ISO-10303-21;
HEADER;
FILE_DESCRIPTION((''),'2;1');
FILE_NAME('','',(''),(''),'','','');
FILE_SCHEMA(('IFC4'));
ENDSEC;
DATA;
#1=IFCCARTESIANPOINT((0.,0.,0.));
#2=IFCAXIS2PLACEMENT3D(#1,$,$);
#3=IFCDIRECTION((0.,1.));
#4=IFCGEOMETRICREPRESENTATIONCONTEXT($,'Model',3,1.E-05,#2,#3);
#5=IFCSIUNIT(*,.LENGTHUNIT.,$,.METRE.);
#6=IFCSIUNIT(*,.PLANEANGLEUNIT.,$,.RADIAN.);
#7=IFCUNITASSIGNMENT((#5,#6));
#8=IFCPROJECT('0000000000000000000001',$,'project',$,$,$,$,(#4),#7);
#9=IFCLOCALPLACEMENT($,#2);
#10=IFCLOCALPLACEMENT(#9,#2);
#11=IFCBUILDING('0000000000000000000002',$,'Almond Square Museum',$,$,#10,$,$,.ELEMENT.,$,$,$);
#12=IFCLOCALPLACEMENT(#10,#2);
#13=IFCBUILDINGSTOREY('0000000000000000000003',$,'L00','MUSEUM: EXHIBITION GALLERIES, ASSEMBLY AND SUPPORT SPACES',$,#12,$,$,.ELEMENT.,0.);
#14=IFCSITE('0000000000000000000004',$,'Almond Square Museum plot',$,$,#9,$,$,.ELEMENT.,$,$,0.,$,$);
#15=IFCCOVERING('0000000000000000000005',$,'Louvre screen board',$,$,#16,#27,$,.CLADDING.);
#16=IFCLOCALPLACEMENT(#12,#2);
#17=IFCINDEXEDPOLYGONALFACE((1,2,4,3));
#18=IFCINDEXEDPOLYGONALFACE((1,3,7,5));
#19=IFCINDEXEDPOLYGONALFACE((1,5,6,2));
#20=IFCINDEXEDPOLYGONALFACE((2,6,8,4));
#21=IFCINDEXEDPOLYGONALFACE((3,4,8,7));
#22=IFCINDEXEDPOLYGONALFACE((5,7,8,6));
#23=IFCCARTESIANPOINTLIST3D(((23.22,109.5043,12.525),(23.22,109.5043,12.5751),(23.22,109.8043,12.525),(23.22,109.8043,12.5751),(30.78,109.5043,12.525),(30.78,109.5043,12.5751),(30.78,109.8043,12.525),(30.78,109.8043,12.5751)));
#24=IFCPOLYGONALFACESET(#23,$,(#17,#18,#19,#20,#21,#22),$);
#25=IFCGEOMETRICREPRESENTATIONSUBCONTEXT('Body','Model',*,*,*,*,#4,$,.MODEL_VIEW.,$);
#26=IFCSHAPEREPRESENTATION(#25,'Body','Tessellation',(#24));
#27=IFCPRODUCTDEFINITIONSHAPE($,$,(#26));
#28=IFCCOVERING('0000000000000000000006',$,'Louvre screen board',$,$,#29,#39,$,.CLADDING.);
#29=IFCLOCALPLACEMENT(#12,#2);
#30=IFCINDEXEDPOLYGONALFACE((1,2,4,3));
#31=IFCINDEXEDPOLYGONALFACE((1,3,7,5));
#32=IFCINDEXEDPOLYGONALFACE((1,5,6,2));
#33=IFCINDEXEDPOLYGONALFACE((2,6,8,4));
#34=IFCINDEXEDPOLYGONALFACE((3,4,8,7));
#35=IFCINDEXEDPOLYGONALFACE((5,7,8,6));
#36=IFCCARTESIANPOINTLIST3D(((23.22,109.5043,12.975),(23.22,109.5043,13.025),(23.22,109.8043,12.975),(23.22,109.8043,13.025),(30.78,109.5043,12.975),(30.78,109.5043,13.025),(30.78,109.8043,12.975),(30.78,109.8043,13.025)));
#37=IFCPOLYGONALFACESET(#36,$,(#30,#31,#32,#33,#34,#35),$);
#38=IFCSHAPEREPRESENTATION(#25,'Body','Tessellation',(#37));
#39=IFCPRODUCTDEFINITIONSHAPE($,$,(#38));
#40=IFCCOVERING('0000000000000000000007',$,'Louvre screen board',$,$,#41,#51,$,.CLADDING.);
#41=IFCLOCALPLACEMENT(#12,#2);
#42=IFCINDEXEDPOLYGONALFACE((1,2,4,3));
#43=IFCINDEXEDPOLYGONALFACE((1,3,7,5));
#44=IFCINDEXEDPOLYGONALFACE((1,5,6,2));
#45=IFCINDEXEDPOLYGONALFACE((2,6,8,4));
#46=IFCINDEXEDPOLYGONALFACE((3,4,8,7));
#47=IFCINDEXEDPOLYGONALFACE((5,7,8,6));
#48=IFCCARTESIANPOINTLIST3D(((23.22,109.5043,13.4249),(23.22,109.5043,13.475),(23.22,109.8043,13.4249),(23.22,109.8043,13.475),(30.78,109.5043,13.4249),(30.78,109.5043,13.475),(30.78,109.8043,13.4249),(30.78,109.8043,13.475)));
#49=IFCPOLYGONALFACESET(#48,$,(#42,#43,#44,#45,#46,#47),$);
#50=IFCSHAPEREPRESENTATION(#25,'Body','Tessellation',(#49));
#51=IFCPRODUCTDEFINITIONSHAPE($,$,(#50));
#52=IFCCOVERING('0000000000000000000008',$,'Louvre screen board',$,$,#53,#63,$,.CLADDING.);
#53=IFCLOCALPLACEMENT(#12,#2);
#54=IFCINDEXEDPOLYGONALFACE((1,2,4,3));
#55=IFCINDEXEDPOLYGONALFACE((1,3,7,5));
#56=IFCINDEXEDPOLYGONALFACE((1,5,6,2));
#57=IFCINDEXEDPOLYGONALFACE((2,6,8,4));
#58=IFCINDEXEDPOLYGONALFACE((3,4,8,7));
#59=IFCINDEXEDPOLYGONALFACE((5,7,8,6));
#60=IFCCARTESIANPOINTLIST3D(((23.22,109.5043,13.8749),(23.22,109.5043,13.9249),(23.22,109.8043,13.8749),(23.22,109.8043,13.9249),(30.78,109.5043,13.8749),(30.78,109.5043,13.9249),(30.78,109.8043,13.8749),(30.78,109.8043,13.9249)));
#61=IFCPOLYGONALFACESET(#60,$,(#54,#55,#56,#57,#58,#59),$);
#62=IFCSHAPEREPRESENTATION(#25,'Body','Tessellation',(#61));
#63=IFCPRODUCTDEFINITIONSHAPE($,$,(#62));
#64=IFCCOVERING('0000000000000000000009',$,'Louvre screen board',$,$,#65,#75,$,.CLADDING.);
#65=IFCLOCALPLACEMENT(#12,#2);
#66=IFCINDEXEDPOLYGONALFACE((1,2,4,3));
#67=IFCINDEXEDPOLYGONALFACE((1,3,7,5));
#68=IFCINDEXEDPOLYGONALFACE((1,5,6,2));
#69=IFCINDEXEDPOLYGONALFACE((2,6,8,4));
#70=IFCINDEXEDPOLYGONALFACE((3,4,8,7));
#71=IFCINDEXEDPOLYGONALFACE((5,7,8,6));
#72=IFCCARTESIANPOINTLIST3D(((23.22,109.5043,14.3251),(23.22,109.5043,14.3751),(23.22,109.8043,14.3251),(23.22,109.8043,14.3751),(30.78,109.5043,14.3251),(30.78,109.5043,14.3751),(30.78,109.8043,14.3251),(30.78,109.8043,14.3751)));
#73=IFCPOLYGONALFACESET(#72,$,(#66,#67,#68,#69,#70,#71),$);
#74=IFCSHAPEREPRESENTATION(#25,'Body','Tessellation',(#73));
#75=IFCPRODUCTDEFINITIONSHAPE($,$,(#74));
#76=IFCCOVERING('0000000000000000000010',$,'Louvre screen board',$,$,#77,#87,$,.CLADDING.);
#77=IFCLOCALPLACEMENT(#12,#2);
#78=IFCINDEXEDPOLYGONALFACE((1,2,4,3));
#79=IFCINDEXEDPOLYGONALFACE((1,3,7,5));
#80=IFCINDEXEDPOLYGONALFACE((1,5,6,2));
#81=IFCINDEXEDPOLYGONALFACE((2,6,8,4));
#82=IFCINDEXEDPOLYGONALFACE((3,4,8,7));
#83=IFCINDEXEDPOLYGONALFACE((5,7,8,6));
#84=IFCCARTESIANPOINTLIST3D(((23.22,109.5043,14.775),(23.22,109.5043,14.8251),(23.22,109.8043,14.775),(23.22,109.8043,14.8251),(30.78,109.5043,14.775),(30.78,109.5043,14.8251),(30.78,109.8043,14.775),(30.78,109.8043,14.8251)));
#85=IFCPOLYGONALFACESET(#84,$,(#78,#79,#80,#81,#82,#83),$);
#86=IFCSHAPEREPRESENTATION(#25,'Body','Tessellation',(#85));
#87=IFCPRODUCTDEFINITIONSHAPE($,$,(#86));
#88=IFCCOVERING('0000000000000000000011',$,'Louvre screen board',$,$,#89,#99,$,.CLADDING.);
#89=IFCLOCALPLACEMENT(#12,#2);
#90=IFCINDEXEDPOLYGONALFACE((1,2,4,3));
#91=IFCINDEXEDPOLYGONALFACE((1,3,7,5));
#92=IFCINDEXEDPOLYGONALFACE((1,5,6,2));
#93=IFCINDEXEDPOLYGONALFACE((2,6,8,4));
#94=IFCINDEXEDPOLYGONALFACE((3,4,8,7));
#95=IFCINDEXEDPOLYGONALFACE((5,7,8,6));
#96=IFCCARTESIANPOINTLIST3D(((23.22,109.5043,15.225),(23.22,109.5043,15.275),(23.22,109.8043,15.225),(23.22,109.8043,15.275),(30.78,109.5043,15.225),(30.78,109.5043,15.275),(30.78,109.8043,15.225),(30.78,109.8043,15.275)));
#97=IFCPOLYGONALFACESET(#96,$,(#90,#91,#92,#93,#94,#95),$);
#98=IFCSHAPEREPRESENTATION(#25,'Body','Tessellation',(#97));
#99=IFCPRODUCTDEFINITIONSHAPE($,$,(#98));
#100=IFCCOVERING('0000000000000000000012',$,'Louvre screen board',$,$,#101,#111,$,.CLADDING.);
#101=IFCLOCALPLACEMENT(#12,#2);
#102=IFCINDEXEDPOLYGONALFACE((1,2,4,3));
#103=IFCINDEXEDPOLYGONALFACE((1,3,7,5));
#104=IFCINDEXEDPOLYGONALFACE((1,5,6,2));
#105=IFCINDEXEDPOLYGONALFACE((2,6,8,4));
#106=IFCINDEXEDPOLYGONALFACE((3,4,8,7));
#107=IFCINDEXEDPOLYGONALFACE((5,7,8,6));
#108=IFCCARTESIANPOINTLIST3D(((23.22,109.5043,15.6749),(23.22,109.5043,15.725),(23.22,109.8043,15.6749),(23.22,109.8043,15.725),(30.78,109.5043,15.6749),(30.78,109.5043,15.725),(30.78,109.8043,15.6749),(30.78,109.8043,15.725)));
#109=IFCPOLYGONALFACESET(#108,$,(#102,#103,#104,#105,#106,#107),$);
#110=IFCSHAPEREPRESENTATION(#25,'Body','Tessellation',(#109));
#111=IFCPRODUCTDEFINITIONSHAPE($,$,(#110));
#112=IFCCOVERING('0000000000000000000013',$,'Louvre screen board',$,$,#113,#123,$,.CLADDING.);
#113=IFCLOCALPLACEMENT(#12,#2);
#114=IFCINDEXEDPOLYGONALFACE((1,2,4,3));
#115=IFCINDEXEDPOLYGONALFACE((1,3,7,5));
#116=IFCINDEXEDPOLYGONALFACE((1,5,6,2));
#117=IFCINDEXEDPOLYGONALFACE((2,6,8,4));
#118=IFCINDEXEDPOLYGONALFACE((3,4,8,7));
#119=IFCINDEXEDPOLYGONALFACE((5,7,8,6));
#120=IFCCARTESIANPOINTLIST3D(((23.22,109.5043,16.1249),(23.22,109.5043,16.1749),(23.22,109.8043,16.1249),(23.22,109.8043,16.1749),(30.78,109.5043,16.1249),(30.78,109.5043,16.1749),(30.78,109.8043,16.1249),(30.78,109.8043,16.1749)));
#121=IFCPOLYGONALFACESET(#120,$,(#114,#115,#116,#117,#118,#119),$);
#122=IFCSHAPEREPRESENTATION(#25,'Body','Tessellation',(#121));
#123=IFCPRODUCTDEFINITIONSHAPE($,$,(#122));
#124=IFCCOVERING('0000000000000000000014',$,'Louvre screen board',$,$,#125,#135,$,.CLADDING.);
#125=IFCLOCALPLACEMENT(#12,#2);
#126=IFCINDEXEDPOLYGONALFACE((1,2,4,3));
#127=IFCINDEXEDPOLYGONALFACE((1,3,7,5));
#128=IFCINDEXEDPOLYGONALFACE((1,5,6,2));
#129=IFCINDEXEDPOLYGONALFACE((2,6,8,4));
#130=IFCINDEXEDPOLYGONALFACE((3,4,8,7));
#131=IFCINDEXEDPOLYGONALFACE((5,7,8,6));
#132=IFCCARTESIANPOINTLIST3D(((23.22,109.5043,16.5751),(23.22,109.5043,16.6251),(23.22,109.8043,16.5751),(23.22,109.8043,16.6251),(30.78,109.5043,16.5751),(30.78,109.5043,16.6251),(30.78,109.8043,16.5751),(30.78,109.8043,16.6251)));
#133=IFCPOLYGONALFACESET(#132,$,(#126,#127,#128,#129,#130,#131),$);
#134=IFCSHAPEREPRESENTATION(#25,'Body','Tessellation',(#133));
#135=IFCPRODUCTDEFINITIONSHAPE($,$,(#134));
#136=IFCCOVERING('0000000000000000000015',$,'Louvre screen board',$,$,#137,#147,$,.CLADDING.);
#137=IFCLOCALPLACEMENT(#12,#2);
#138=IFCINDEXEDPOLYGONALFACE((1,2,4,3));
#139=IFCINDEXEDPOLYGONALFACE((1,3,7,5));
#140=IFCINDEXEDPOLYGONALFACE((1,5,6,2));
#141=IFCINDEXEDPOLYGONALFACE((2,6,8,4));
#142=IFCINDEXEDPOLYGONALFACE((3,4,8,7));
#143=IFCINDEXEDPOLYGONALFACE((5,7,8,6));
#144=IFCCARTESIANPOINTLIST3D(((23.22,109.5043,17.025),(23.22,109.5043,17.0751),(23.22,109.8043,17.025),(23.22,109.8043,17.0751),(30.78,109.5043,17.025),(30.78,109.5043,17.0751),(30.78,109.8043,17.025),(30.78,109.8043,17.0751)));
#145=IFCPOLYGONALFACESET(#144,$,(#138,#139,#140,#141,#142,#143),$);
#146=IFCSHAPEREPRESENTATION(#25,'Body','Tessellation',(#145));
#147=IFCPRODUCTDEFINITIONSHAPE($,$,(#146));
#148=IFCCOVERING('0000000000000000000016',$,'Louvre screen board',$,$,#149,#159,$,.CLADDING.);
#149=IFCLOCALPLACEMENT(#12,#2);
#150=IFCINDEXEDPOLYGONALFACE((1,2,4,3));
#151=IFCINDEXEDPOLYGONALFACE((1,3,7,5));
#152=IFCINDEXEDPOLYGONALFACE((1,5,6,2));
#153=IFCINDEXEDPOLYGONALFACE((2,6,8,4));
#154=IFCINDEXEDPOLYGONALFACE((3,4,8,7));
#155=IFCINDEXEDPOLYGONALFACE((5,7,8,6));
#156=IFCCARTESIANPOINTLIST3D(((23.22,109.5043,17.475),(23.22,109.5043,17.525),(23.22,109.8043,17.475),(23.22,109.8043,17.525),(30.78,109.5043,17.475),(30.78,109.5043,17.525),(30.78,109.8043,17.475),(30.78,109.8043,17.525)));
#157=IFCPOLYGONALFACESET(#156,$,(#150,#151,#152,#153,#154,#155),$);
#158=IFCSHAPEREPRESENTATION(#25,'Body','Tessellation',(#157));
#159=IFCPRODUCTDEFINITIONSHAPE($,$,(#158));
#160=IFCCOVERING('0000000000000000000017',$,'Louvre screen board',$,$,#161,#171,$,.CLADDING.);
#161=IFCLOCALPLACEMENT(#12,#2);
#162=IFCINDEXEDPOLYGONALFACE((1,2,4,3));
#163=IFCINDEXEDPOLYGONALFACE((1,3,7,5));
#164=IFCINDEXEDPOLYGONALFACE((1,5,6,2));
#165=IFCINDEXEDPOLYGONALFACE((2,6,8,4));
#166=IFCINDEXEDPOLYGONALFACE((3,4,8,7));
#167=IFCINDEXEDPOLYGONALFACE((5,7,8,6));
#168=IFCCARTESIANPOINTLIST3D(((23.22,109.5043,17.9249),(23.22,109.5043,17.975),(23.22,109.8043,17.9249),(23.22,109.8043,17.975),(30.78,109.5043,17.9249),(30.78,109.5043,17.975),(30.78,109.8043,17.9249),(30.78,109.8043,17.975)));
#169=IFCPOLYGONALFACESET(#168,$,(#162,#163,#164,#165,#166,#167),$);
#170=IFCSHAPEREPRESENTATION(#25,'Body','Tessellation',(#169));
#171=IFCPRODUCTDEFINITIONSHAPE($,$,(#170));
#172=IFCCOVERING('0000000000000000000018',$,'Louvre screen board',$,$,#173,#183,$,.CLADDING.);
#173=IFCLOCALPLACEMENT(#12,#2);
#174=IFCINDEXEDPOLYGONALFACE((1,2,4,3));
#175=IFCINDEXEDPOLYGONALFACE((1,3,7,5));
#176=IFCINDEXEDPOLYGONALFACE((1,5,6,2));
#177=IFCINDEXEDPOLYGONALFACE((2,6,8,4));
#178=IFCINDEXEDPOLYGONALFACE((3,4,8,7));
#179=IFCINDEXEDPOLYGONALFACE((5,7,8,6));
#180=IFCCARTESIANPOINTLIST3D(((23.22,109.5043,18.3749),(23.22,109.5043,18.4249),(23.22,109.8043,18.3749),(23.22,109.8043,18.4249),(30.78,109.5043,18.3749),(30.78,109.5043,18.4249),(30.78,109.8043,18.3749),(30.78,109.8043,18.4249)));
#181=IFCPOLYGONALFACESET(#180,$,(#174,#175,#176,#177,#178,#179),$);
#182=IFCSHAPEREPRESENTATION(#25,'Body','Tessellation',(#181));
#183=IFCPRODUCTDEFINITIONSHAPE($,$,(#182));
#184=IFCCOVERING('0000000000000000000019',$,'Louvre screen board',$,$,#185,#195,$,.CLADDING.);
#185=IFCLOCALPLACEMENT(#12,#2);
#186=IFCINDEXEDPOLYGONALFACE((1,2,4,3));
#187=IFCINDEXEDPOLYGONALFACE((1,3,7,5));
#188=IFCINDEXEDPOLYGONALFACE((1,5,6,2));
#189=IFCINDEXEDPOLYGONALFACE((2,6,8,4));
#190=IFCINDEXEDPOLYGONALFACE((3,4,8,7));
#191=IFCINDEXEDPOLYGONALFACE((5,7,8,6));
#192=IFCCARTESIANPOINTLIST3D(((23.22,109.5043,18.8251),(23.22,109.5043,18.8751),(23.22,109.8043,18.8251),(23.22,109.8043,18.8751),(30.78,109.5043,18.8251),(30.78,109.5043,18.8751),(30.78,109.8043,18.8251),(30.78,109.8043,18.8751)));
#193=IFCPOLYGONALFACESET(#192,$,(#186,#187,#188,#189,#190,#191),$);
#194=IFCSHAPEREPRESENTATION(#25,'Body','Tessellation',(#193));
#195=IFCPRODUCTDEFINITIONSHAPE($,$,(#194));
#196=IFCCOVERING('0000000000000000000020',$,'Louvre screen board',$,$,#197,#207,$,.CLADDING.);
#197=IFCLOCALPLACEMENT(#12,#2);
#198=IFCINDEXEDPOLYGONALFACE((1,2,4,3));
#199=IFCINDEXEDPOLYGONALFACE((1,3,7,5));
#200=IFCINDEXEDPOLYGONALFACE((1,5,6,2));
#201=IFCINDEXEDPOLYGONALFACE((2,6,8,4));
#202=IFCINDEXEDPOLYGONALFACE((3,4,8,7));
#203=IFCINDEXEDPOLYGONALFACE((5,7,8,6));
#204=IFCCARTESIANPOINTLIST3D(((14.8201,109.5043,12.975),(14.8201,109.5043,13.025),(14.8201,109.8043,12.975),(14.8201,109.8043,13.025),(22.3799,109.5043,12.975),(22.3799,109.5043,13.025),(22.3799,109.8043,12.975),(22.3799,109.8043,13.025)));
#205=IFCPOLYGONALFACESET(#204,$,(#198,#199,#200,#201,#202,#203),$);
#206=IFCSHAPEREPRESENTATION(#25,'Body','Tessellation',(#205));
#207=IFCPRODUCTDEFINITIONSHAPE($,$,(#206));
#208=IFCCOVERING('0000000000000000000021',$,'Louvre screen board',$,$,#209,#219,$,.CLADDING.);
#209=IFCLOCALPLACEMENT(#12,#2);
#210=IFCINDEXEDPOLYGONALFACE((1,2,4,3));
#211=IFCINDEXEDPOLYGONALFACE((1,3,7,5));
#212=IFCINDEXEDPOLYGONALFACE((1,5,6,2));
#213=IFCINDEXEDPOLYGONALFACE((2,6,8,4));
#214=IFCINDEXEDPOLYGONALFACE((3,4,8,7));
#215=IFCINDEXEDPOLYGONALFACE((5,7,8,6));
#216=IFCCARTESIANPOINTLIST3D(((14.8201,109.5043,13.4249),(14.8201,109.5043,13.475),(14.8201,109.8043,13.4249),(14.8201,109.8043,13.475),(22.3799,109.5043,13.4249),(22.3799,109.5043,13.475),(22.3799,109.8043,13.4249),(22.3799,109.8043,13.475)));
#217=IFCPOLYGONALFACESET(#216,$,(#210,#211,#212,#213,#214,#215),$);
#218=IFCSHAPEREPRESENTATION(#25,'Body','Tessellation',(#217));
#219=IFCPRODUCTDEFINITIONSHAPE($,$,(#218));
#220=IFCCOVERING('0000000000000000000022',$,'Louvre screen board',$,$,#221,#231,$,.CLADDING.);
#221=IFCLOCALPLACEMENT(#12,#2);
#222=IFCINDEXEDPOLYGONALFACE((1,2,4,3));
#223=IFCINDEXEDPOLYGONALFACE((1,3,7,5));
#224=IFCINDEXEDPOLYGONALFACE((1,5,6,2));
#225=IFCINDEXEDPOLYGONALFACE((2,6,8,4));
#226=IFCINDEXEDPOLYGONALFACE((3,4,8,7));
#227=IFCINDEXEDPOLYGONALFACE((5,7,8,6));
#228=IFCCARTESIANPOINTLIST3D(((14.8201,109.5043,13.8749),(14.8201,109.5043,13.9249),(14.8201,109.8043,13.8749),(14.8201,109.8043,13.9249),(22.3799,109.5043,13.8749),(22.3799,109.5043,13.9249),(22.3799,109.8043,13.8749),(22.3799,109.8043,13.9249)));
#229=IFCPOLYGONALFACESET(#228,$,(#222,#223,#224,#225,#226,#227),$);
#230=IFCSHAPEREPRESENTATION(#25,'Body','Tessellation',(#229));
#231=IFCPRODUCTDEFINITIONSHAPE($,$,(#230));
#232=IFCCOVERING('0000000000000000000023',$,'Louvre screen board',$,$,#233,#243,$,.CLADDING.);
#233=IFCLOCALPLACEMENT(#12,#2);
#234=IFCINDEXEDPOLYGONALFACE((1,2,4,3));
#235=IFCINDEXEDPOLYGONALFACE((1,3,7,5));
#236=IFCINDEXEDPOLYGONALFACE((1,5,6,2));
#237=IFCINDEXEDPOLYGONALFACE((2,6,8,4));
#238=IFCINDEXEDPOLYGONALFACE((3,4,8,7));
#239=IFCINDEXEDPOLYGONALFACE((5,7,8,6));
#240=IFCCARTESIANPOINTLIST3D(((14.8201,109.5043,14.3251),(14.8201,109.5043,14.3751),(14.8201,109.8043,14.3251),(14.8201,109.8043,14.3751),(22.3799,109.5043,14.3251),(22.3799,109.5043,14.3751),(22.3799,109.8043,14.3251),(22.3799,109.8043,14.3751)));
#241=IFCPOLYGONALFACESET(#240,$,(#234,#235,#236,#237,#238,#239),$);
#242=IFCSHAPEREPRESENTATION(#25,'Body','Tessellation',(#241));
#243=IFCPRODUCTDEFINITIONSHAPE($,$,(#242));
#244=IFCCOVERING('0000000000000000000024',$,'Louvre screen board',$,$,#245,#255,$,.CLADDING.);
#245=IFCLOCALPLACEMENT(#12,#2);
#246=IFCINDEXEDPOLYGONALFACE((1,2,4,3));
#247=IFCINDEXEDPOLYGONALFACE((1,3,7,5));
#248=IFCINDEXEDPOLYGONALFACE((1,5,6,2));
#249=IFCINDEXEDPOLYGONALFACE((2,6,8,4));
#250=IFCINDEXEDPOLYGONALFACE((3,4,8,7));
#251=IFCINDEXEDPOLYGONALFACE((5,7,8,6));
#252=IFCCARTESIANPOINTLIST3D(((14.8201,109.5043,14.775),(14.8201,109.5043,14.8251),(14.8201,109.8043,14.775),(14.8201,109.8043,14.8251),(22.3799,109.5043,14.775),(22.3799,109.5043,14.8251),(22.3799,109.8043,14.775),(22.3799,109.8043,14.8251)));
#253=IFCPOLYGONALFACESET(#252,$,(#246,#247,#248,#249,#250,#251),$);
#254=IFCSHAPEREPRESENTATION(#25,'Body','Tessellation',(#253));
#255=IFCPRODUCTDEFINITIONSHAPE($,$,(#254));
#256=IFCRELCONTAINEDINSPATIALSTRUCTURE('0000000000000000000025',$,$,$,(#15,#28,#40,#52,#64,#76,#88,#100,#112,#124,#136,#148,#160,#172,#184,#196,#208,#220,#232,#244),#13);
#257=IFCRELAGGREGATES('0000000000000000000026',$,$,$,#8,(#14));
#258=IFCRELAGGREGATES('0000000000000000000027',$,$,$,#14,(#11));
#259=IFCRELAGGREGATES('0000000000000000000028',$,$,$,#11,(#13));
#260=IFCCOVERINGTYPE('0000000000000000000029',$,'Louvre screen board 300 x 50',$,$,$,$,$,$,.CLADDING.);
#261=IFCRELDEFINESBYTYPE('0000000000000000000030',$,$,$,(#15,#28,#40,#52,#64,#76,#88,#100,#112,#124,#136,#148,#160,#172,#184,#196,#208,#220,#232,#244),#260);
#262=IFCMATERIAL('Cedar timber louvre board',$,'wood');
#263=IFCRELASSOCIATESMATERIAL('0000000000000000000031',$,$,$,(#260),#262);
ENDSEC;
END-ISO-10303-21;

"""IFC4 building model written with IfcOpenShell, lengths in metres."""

from ifc_helpers import new_model, si_unit, direction, frame, origin, origin_2d, place, context, subcontext, project, spatial, rectangle, extrude, material, material_profile, profile_set, type_object, element, save


model = new_model("IFC4")

# Units and contexts
model_context = context("Model", 3, precision=1e-05, world=origin(), true_north=direction((0.0, 1.0)))
body_context = subcontext(model_context, "Body", "Model", "MODEL_VIEW")
ifc_project = project(units=[si_unit("LENGTHUNIT", "METRE"), si_unit("PLANEANGLEUNIT", "RADIAN")], contexts=[model_context])

# Site, building, storey
site_placement = place(None, origin())
site = spatial("IfcSite", under=ifc_project, at=site_placement, Name="Almond Square Museum plot", CompositionType="ELEMENT", RefElevation=0.0)
building_placement = place(site_placement, origin())
building = spatial("IfcBuilding", under=site, at=building_placement, Name="Almond Square Museum", CompositionType="ELEMENT")
storey_placement = place(building_placement, origin())
storey = spatial("IfcBuildingStorey", under=building, at=storey_placement, Name="L00", Description="MUSEUM: EXHIBITION GALLERIES, ASSEMBLY AND SUPPORT SPACES", CompositionType="ELEMENT", Elevation=0.0)

# Coverings
ifc_material = material(Name="Cedar timber louvre board", Category="wood")
ifc_material_profile = material_profile(ifc_material, rectangle(XDim=0.3, YDim=0.05, at=origin_2d()))
ifc_profile_set = profile_set([ifc_material_profile], Name="Cedar timber louvre board")
covering_type = type_object("IfcCoveringType", Name="Louvre screen board 300 x 50", PredefinedType="CLADDING", material=ifc_profile_set)
for number, where, z_axis, x_axis, name in (
    (1, (23.22, 109.6543, 12.55), (1.0, 0.0, 0.0), (0.0, 1.0, 0.0), "Louvre screen board"),
    (2, (23.22, 109.6543, 13.0), (1.0, 0.0, 0.0), (0.0, 1.0, 0.0), "Louvre screen board"),
    (3, (23.22, 109.6543, 13.45), (1.0, 0.0, 0.0), (0.0, 1.0, 0.0), "Louvre screen board"),
    (4, (23.22, 109.6543, 13.8999), (1.0, 0.0, 0.0), (0.0, 1.0, 0.0), "Louvre screen board"),
    (5, (23.22, 109.6543, 14.3501), (1.0, 0.0, 0.0), (0.0, 1.0, 0.0), "Louvre screen board"),
    (6, (23.22, 109.6543, 14.8), (1.0, 0.0, 0.0), (0.0, 1.0, 0.0), "Louvre screen board"),
    (7, (23.22, 109.6543, 15.25), (1.0, 0.0, 0.0), (0.0, 1.0, 0.0), "Louvre screen board"),
    (8, (23.22, 109.6543, 15.7), (1.0, 0.0, 0.0), (0.0, 1.0, 0.0), "Louvre screen board"),
    (9, (23.22, 109.6543, 16.1499), (1.0, 0.0, 0.0), (0.0, 1.0, 0.0), "Louvre screen board"),
    (10, (23.22, 109.6543, 16.6001), (1.0, 0.0, 0.0), (0.0, 1.0, 0.0), "Louvre screen board"),
    (11, (23.22, 109.6543, 17.05), (1.0, 0.0, 0.0), (0.0, 1.0, 0.0), "Louvre screen board"),
    (12, (23.22, 109.6543, 17.5), (1.0, 0.0, 0.0), (0.0, 1.0, 0.0), "Louvre screen board"),
    (13, (23.22, 109.6543, 17.95), (1.0, 0.0, 0.0), (0.0, 1.0, 0.0), "Louvre screen board"),
    (14, (23.22, 109.6543, 18.3999), (1.0, 0.0, 0.0), (0.0, 1.0, 0.0), "Louvre screen board"),
    (15, (23.22, 109.6543, 18.8501), (1.0, 0.0, 0.0), (0.0, 1.0, 0.0), "Louvre screen board"),
):
    element("IfcCovering", number, at=place(storey_placement, frame(where, z_axis=z_axis, x_axis=x_axis)), inside=storey, type_object=covering_type, Name=name, PredefinedType="CLADDING", context=body_context, shape_type="SweptSolid", body=[
        extrude(rectangle(XDim=0.3, YDim=0.05, at=origin_2d()), origin(), (0.0, 0.0, 1.0), 7.5601),
    ])
for number, where, z_axis, x_axis, name in (
    (16, (14.8201, 109.6543, 13.0), (1.0, 0.0, 0.0), (0.0, 1.0, 0.0), "Louvre screen board"),
    (17, (14.8201, 109.6543, 13.45), (1.0, 0.0, 0.0), (0.0, 1.0, 0.0), "Louvre screen board"),
    (18, (14.8201, 109.6543, 13.8999), (1.0, 0.0, 0.0), (0.0, 1.0, 0.0), "Louvre screen board"),
    (19, (14.8201, 109.6543, 14.3501), (1.0, 0.0, 0.0), (0.0, 1.0, 0.0), "Louvre screen board"),
    (20, (14.8201, 109.6543, 14.8), (1.0, 0.0, 0.0), (0.0, 1.0, 0.0), "Louvre screen board"),
):
    element("IfcCovering", number, at=place(storey_placement, frame(where, z_axis=z_axis, x_axis=x_axis)), inside=storey, type_object=covering_type, Name=name, PredefinedType="CLADDING", context=body_context, shape_type="SweptSolid", body=[
        extrude(rectangle(XDim=0.3, YDim=0.05, at=origin_2d()), origin(), (0.0, 0.0, 1.0), 7.5598),
    ])

save(model, "model.ifc")
